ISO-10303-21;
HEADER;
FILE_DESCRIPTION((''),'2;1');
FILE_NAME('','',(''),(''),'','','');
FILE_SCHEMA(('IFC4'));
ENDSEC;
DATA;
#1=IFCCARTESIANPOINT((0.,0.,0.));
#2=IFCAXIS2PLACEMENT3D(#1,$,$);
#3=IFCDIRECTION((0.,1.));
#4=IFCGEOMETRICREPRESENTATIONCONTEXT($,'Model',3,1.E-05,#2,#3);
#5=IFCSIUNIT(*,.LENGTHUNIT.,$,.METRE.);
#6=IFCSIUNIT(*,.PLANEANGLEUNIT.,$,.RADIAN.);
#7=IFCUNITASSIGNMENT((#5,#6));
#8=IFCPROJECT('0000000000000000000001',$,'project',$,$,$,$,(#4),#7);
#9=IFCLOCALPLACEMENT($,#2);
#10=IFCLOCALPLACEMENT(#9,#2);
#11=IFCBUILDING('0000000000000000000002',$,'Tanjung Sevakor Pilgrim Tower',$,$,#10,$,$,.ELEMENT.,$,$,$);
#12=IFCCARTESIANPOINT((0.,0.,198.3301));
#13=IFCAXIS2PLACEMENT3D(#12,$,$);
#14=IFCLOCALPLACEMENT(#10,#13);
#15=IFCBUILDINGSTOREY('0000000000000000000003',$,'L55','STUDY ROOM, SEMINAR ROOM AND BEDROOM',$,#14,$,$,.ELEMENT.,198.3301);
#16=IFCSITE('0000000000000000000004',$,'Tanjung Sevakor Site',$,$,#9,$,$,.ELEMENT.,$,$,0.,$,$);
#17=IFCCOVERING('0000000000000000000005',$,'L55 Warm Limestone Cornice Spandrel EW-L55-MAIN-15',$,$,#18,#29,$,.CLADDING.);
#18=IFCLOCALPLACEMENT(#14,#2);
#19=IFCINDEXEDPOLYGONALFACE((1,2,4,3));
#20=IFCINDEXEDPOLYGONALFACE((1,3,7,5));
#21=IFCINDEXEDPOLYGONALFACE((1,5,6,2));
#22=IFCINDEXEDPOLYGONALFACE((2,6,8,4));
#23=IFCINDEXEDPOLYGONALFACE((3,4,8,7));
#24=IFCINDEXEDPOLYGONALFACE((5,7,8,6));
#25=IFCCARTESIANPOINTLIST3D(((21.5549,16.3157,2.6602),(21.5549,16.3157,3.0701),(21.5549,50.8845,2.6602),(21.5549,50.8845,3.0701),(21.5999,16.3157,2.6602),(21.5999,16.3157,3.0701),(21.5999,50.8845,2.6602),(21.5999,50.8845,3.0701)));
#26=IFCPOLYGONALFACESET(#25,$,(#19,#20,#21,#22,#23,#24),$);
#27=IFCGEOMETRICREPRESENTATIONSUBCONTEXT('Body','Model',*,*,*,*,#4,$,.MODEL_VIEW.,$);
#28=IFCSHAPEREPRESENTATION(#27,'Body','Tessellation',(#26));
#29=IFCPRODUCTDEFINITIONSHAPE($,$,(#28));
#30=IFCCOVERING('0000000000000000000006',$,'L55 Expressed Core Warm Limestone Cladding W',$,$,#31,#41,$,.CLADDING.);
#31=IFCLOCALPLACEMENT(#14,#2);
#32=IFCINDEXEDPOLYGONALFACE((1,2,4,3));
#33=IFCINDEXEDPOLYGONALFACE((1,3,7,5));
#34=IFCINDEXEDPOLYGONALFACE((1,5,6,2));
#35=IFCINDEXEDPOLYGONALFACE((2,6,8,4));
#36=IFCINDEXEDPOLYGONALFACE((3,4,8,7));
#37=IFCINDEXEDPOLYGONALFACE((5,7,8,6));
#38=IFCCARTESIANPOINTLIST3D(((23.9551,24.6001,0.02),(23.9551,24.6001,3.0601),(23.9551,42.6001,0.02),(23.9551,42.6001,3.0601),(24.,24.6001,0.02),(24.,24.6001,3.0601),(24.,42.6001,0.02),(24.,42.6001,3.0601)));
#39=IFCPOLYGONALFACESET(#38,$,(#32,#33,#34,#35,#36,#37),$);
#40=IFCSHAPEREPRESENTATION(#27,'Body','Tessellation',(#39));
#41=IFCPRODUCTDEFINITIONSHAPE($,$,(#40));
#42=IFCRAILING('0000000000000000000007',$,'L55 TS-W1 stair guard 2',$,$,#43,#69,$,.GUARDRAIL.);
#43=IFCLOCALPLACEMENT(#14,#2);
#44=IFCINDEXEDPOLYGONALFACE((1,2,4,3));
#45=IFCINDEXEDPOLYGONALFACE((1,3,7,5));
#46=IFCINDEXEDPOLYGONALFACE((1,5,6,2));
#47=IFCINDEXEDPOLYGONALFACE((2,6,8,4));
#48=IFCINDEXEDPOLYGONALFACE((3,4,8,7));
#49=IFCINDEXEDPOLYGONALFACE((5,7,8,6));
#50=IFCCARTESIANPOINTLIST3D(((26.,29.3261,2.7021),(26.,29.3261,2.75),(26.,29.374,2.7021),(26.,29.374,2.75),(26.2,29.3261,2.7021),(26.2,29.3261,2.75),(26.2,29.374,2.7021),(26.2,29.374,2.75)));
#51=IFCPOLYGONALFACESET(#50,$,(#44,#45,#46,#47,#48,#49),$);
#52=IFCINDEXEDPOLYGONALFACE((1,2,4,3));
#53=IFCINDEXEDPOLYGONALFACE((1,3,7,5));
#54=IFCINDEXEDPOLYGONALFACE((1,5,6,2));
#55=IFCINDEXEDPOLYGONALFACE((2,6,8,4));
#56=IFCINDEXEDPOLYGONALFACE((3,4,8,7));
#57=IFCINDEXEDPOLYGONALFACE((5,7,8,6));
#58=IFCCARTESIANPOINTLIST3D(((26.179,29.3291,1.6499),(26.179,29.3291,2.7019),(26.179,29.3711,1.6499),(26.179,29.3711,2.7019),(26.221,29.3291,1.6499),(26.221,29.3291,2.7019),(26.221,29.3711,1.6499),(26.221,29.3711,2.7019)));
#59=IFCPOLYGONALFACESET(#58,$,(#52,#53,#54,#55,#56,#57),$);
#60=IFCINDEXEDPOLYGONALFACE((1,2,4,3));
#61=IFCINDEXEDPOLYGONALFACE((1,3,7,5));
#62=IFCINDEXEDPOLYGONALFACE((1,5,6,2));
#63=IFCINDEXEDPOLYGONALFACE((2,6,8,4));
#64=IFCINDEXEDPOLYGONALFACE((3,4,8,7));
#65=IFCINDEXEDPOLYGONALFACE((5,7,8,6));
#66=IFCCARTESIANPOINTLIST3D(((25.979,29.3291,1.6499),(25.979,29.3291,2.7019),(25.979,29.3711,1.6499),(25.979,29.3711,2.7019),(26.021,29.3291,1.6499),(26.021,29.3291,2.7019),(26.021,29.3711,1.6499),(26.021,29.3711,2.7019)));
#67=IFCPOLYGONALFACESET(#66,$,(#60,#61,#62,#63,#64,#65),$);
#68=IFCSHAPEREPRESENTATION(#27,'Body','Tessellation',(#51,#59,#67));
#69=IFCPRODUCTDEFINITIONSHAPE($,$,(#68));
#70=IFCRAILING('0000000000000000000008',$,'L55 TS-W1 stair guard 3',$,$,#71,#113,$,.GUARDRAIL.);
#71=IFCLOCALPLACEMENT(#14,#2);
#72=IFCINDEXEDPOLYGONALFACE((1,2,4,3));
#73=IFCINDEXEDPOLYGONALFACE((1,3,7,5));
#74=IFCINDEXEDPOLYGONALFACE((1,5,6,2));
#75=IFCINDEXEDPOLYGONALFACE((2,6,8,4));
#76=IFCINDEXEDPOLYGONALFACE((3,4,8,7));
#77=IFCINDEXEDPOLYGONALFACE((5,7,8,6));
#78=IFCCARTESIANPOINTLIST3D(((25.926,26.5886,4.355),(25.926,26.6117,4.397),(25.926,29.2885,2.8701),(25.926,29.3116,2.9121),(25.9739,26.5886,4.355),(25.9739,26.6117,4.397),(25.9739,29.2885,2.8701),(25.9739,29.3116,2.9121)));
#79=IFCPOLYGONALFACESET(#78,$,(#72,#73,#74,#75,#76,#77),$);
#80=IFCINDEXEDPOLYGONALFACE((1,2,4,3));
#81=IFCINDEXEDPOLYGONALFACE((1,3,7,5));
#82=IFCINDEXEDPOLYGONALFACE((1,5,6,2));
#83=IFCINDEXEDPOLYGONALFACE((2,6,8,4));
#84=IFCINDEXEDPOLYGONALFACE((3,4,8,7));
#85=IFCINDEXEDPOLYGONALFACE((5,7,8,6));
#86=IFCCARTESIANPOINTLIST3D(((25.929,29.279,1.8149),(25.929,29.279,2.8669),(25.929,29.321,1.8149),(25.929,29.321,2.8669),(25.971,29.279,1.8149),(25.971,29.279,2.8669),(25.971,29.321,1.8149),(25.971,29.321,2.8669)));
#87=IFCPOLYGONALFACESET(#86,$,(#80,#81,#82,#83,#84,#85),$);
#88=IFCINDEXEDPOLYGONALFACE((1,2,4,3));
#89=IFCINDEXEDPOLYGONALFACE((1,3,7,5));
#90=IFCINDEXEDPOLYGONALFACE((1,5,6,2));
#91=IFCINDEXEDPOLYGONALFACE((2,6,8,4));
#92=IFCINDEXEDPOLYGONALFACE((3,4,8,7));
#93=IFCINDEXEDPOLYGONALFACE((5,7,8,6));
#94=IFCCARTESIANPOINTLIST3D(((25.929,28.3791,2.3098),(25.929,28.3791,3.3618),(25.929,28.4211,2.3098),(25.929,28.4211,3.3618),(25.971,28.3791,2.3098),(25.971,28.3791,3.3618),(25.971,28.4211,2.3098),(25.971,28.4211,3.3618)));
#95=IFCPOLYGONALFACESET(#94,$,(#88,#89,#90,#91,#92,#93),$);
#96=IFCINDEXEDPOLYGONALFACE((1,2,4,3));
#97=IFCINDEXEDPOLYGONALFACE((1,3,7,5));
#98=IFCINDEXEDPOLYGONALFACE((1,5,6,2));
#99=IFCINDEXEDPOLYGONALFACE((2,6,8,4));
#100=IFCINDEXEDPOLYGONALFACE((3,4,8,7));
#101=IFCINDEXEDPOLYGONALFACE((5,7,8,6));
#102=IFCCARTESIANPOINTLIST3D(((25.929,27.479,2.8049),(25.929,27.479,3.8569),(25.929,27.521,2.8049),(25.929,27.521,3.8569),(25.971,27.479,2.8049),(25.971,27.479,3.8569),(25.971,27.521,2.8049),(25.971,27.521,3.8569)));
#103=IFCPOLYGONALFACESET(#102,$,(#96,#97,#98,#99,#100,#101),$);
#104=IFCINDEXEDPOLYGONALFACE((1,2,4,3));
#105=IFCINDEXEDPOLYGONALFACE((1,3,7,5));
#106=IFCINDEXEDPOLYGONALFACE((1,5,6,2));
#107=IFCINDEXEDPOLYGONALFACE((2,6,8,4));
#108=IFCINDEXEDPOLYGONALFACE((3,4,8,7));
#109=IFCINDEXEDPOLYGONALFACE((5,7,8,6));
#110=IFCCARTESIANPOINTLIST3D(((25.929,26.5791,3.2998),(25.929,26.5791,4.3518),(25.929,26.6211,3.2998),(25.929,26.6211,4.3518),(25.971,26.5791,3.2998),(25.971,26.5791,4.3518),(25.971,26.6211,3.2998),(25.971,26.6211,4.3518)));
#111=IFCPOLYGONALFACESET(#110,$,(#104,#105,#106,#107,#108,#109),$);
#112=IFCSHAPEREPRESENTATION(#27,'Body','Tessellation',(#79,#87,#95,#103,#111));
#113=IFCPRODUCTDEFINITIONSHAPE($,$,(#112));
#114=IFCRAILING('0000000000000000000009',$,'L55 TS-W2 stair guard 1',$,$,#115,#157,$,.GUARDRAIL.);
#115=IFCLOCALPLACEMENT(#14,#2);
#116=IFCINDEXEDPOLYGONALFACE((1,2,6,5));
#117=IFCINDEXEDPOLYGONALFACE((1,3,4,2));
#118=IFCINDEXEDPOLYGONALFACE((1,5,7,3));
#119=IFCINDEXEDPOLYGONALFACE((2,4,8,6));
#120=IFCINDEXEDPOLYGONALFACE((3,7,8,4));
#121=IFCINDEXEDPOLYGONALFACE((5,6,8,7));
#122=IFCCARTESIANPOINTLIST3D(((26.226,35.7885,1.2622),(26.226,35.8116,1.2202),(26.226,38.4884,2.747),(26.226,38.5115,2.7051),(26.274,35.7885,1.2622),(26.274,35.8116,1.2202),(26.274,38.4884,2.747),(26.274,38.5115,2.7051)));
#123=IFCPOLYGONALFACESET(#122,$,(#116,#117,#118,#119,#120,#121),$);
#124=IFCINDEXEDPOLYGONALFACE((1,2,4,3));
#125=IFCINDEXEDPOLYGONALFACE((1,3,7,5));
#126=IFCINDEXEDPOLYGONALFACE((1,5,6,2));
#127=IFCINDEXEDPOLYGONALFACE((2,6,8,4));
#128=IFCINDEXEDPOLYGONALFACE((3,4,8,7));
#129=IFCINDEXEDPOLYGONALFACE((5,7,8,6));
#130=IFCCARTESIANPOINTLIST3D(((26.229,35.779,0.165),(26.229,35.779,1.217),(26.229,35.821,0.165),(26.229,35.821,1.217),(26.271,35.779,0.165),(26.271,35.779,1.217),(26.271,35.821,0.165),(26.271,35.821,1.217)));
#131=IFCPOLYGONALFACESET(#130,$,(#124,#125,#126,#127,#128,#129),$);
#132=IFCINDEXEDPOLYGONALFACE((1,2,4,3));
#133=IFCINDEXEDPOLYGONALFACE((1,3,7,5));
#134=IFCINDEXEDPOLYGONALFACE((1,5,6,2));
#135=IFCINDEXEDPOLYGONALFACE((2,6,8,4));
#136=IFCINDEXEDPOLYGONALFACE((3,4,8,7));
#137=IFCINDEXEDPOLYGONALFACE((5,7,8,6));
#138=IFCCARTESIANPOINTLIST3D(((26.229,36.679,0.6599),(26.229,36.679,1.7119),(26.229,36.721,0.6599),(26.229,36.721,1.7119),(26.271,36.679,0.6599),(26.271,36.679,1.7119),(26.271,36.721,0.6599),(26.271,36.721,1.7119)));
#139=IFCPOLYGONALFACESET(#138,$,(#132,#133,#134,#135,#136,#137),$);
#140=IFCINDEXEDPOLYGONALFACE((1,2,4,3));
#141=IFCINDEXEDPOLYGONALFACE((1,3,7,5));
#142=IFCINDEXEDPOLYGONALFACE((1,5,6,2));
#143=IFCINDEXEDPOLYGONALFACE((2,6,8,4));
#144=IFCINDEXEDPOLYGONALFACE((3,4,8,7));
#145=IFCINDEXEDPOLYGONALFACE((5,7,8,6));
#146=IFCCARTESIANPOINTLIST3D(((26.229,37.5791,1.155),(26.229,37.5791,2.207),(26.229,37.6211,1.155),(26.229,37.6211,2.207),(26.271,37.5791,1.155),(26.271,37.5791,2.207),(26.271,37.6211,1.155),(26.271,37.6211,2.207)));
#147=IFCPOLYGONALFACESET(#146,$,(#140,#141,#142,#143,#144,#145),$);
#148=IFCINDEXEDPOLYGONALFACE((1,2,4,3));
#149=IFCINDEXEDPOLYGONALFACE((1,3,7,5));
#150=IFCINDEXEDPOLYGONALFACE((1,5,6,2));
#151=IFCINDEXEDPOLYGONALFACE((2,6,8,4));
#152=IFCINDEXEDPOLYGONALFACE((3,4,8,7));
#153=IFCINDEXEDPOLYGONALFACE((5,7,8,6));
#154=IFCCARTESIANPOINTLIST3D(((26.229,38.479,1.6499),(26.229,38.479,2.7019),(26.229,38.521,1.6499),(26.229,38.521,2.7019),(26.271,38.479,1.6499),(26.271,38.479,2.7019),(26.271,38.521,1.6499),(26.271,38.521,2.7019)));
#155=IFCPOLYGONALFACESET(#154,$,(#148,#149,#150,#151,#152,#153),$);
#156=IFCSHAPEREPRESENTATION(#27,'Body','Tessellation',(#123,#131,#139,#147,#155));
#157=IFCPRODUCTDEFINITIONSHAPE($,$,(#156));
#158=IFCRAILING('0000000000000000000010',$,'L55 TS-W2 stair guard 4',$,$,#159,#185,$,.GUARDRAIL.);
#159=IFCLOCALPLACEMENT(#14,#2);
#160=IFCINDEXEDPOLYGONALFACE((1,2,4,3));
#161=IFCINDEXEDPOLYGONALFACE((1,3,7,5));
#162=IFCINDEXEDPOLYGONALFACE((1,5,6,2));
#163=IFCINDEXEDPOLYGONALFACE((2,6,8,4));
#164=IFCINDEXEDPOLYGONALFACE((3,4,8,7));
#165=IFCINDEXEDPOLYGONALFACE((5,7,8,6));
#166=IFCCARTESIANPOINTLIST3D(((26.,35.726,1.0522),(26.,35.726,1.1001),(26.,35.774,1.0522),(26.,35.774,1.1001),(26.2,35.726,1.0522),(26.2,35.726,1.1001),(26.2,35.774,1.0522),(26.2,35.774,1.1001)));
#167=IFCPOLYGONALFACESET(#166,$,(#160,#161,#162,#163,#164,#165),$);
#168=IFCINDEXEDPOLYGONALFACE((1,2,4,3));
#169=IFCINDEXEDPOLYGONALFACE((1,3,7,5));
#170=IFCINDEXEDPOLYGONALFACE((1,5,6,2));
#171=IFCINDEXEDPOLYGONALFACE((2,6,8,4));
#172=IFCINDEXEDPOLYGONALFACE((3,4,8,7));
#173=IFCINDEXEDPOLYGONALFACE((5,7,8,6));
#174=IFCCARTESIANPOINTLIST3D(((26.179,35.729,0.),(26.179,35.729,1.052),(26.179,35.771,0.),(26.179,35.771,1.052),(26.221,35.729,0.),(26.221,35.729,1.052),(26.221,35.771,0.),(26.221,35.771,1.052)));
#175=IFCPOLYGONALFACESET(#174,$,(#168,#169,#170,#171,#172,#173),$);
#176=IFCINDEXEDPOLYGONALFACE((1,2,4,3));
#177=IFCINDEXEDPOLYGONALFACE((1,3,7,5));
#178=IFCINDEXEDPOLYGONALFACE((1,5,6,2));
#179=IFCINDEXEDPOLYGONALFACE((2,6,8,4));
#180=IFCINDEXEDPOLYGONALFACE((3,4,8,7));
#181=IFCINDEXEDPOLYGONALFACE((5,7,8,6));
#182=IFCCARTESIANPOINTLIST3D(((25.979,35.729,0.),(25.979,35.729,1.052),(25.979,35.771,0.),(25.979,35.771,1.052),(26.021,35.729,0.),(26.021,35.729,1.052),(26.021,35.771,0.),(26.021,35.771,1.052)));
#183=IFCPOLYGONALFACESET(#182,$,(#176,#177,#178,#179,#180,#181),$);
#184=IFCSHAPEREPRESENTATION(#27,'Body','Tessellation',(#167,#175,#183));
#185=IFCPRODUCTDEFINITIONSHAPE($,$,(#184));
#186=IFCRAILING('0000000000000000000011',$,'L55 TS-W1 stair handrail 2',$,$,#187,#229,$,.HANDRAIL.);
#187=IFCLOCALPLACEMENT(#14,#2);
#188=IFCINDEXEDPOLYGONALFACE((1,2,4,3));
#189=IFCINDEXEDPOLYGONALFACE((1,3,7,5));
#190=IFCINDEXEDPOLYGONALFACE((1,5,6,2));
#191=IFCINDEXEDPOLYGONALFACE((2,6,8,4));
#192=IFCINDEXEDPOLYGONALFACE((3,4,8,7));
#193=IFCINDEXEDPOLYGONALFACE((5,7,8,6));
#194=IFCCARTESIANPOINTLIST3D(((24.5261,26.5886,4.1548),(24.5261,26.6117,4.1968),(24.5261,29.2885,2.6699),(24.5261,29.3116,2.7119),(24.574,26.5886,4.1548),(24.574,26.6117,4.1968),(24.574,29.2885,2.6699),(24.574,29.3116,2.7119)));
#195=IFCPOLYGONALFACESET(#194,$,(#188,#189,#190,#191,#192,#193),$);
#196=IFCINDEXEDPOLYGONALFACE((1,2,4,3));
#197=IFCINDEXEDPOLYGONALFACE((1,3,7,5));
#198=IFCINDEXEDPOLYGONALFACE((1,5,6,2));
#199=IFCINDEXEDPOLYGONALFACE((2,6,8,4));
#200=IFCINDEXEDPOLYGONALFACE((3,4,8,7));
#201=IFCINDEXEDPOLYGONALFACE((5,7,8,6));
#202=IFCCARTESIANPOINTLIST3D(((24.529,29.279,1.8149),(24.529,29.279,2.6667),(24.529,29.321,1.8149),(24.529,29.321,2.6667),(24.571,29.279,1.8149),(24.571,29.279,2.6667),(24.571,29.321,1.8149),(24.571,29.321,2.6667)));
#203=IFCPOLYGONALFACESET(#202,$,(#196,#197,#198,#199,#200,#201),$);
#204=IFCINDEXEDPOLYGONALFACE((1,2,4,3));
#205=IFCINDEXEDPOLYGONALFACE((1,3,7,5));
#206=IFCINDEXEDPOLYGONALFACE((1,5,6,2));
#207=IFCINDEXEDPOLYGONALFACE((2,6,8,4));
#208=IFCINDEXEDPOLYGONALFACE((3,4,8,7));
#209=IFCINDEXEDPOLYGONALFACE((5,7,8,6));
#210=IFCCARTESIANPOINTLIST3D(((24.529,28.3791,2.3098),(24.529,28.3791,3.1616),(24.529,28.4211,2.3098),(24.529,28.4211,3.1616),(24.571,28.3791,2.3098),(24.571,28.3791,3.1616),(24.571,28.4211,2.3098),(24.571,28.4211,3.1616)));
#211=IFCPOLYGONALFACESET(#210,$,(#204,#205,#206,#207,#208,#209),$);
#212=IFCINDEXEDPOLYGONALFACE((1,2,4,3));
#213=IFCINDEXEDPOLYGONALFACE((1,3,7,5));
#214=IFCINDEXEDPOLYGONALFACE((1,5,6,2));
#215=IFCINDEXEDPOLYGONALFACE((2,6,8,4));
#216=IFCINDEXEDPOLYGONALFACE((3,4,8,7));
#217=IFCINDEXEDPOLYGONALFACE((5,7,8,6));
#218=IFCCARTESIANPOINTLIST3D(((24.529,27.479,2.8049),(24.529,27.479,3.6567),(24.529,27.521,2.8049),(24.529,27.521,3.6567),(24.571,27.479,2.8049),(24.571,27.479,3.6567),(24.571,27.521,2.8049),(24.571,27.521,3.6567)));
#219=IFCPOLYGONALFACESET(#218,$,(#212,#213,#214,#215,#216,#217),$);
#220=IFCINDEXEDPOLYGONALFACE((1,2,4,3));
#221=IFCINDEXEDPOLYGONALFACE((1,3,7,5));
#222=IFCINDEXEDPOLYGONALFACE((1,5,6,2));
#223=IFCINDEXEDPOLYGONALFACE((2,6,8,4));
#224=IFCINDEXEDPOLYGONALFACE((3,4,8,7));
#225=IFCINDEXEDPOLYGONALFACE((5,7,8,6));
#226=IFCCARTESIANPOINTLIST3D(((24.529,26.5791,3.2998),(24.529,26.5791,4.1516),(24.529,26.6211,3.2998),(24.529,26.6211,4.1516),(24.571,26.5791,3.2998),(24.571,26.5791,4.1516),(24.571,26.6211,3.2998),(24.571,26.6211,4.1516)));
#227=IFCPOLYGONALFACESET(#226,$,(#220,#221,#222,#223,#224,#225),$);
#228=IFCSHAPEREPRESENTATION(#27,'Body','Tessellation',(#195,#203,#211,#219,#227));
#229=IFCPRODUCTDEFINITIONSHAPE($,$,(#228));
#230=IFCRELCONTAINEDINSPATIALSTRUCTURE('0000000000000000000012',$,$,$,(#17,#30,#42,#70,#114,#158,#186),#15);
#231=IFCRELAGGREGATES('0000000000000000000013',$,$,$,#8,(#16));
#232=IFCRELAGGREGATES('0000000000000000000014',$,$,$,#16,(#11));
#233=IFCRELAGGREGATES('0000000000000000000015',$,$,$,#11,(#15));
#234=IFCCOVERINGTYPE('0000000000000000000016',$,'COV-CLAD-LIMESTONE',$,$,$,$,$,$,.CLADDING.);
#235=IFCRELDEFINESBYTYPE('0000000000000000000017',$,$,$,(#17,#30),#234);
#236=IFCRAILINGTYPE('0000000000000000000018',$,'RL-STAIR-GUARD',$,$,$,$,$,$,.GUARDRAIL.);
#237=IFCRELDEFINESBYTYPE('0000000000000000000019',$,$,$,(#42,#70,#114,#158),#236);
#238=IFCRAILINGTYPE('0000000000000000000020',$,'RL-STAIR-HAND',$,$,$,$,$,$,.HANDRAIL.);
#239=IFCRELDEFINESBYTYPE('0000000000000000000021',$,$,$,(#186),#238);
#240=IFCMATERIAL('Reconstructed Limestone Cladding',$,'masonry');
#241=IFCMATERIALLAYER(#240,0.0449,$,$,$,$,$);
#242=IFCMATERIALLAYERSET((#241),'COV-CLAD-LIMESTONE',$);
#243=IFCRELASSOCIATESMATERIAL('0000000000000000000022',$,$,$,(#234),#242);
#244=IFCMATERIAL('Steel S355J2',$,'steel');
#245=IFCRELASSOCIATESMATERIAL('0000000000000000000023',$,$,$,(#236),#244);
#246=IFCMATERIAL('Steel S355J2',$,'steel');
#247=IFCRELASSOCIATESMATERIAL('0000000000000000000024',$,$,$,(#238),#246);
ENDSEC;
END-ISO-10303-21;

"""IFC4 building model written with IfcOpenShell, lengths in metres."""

from ifc_helpers import new_model, si_unit, direction, frame, origin, origin_2d, place, context, subcontext, project, spatial, rectangle, extrude, material, layer, layer_set, type_object, element, save


model = new_model("IFC4")

# Units and contexts
model_context = context("Model", 3, precision=1e-05, world=origin(), true_north=direction((0.0, 1.0)))
body_context = subcontext(model_context, "Body", "Model", "MODEL_VIEW")
ifc_project = project(units=[si_unit("LENGTHUNIT", "METRE"), si_unit("PLANEANGLEUNIT", "RADIAN")], contexts=[model_context])

# Site, building, storey
site_placement = place(None, origin())
site = spatial("IfcSite", under=ifc_project, at=site_placement, Name="Tanjung Sevakor Site", CompositionType="ELEMENT", RefElevation=0.0)
building_placement = place(site_placement, origin())
building = spatial("IfcBuilding", under=site, at=building_placement, Name="Tanjung Sevakor Pilgrim Tower", CompositionType="ELEMENT")
storey_placement = place(building_placement, frame((0.0, 0.0, 198.3301)))
storey = spatial("IfcBuildingStorey", under=building, at=storey_placement, Name="L55", Description="STUDY ROOM, SEMINAR ROOM AND BEDROOM", CompositionType="ELEMENT", Elevation=198.3301)

# Coverings
ifc_material_1 = material(Name="Reconstructed Limestone Cladding", Category="masonry")
ifc_layer_1 = layer(ifc_material_1, 0.0449)
ifc_layer_set_1 = layer_set([ifc_layer_1], Name="COV-CLAD-LIMESTONE")
covering_type = type_object("IfcCoveringType", Name="COV-CLAD-LIMESTONE", PredefinedType="CLADDING", material=ifc_layer_set_1)
covering_1_placement = place(storey_placement, frame((21.5774, 33.6001, 2.6602), z_axis=(0.0, 0.0, 1.0), x_axis=(0.0, -1.0, 0.0)))
element("IfcCovering", 1, at=covering_1_placement, inside=storey, type_object=covering_type, Name="L55 Warm Limestone Cornice Spandrel EW-L55-MAIN-15", PredefinedType="CLADDING", context=body_context, shape_type="SweptSolid", body=[
    extrude(rectangle(XDim=34.5688, YDim=0.0449, at=origin_2d()), origin(), (0.0, 0.0, 1.0), 0.4099),
])
covering_2_placement = place(storey_placement, frame((23.9775, 33.6001, 0.02), z_axis=(0.0, 0.0, 1.0), x_axis=(1.0, 0.0, 0.0)))
element("IfcCovering", 2, at=covering_2_placement, inside=storey, type_object=covering_type, Name="L55 Expressed Core Warm Limestone Cladding W", PredefinedType="CLADDING", context=body_context, shape_type="SweptSolid", body=[
    extrude(rectangle(XDim=0.0449, YDim=18.0, at=origin_2d()), origin(), (0.0, 0.0, 1.0), 3.04),
])

# Railings
ifc_material_2 = material(Name="Steel S355J2", Category="steel")
railing_type_1 = type_object("IfcRailingType", Name="RL-STAIR-GUARD", PredefinedType="GUARDRAIL", material=ifc_material_2)
railing_1_placement = place(storey_placement, frame((26.2, 29.3501, 1.6499)))
element("IfcRailing", 3, at=railing_1_placement, inside=storey, type_object=railing_type_1, Name="L55 TS-W1 stair guard 2", PredefinedType="GUARDRAIL", context=body_context, shape_type="SweptSolid", body=[
    extrude(rectangle(XDim=0.0479, YDim=0.0479), frame((0.0, 0.0, 1.0762), z_axis=(-1.0, 0.0, 0.0), x_axis=(0.0, -1.0, 0.0)), (0.0, 0.0, 1.0), 0.2),
    extrude(rectangle(XDim=0.042, YDim=0.042), origin(), (0.0, 0.0, 1.0), 1.052),
    extrude(rectangle(XDim=0.042, YDim=0.042), frame((-0.2, 0.0, 0.0)), (0.0, 0.0, 1.0), 1.052),
])
railing_2_placement = place(storey_placement, frame((25.95, 29.3, 1.8149)))
element("IfcRailing", 4, at=railing_2_placement, inside=storey, type_object=railing_type_1, Name="L55 TS-W1 stair guard 3", PredefinedType="GUARDRAIL", context=body_context, shape_type="SweptSolid", body=[
    extrude(rectangle(XDim=0.0479, YDim=0.0479), frame((0.0, 0.0, 1.0762), z_axis=(0.0, -0.876231, 0.481891), x_axis=(1.0, 0.0, 0.0)), (0.0, 0.0, 1.0), 3.0813),
    extrude(rectangle(XDim=0.042, YDim=0.042), origin(), (0.0, 0.0, 1.0), 1.052),
    extrude(rectangle(XDim=0.042, YDim=0.042), frame((0.0, -0.8999, 0.4949)), (0.0, 0.0, 1.0), 1.052),
    extrude(rectangle(XDim=0.042, YDim=0.042), frame((0.0, -1.8, 0.99)), (0.0, 0.0, 1.0), 1.052),
    extrude(rectangle(XDim=0.042, YDim=0.042), frame((0.0, -2.7, 1.4849)), (0.0, 0.0, 1.0), 1.052),
])
railing_3_placement = place(storey_placement, frame((26.25, 35.8, 0.165)))
element("IfcRailing", 5, at=railing_3_placement, inside=storey, type_object=railing_type_1, Name="L55 TS-W2 stair guard 1", PredefinedType="GUARDRAIL", context=body_context, shape_type="SweptSolid", body=[
    extrude(rectangle(XDim=0.0479, YDim=0.0479), frame((0.0, 0.0, 1.0762), z_axis=(0.0, 0.876231, 0.481891), x_axis=(-1.0, 0.0, 0.0)), (0.0, 0.0, 1.0), 3.0813),
    extrude(rectangle(XDim=0.042, YDim=0.042), origin(), (0.0, 0.0, 1.0), 1.052),
    extrude(rectangle(XDim=0.042, YDim=0.042), frame((0.0, 0.8999, 0.4949)), (0.0, 0.0, 1.0), 1.052),
    extrude(rectangle(XDim=0.042, YDim=0.042), frame((0.0, 1.8, 0.99)), (0.0, 0.0, 1.0), 1.052),
    extrude(rectangle(XDim=0.042, YDim=0.042), frame((0.0, 2.7, 1.4849)), (0.0, 0.0, 1.0), 1.052),
])
railing_4_placement = place(storey_placement, frame((26.2, 35.75, 0.0)))
element("IfcRailing", 6, at=railing_4_placement, inside=storey, type_object=railing_type_1, Name="L55 TS-W2 stair guard 4", PredefinedType="GUARDRAIL", context=body_context, shape_type="SweptSolid", body=[
    extrude(rectangle(XDim=0.0479, YDim=0.0479), frame((0.0, 0.0, 1.0762), z_axis=(-1.0, 0.0, 0.0), x_axis=(0.0, -1.0, 0.0)), (0.0, 0.0, 1.0), 0.2),
    extrude(rectangle(XDim=0.042, YDim=0.042), origin(), (0.0, 0.0, 1.0), 1.052),
    extrude(rectangle(XDim=0.042, YDim=0.042), frame((-0.2, 0.0, 0.0)), (0.0, 0.0, 1.0), 1.052),
])
ifc_material_3 = material(Name="Steel S355J2", Category="steel")
railing_type_2 = type_object("IfcRailingType", Name="RL-STAIR-HAND", PredefinedType="HANDRAIL", material=ifc_material_3)
railing_5_placement = place(storey_placement, frame((24.55, 29.3, 1.8149)))
element("IfcRailing", 7, at=railing_5_placement, inside=storey, type_object=railing_type_2, Name="L55 TS-W1 stair handrail 2", PredefinedType="HANDRAIL", context=body_context, shape_type="SweptSolid", body=[
    extrude(rectangle(XDim=0.0479, YDim=0.0479), frame((0.0, 0.0, 0.876), z_axis=(0.0, -0.876231, 0.481891), x_axis=(1.0, 0.0, 0.0)), (0.0, 0.0, 1.0), 3.0813),
    extrude(rectangle(XDim=0.042, YDim=0.042), origin(), (0.0, 0.0, 1.0), 0.8518),
    extrude(rectangle(XDim=0.042, YDim=0.042), frame((0.0, -0.8999, 0.4949)), (0.0, 0.0, 1.0), 0.8518),
    extrude(rectangle(XDim=0.042, YDim=0.042), frame((0.0, -1.8, 0.99)), (0.0, 0.0, 1.0), 0.8518),
    extrude(rectangle(XDim=0.042, YDim=0.042), frame((0.0, -2.7, 1.4849)), (0.0, 0.0, 1.0), 0.8518),
])

save(model, "model.ifc")
